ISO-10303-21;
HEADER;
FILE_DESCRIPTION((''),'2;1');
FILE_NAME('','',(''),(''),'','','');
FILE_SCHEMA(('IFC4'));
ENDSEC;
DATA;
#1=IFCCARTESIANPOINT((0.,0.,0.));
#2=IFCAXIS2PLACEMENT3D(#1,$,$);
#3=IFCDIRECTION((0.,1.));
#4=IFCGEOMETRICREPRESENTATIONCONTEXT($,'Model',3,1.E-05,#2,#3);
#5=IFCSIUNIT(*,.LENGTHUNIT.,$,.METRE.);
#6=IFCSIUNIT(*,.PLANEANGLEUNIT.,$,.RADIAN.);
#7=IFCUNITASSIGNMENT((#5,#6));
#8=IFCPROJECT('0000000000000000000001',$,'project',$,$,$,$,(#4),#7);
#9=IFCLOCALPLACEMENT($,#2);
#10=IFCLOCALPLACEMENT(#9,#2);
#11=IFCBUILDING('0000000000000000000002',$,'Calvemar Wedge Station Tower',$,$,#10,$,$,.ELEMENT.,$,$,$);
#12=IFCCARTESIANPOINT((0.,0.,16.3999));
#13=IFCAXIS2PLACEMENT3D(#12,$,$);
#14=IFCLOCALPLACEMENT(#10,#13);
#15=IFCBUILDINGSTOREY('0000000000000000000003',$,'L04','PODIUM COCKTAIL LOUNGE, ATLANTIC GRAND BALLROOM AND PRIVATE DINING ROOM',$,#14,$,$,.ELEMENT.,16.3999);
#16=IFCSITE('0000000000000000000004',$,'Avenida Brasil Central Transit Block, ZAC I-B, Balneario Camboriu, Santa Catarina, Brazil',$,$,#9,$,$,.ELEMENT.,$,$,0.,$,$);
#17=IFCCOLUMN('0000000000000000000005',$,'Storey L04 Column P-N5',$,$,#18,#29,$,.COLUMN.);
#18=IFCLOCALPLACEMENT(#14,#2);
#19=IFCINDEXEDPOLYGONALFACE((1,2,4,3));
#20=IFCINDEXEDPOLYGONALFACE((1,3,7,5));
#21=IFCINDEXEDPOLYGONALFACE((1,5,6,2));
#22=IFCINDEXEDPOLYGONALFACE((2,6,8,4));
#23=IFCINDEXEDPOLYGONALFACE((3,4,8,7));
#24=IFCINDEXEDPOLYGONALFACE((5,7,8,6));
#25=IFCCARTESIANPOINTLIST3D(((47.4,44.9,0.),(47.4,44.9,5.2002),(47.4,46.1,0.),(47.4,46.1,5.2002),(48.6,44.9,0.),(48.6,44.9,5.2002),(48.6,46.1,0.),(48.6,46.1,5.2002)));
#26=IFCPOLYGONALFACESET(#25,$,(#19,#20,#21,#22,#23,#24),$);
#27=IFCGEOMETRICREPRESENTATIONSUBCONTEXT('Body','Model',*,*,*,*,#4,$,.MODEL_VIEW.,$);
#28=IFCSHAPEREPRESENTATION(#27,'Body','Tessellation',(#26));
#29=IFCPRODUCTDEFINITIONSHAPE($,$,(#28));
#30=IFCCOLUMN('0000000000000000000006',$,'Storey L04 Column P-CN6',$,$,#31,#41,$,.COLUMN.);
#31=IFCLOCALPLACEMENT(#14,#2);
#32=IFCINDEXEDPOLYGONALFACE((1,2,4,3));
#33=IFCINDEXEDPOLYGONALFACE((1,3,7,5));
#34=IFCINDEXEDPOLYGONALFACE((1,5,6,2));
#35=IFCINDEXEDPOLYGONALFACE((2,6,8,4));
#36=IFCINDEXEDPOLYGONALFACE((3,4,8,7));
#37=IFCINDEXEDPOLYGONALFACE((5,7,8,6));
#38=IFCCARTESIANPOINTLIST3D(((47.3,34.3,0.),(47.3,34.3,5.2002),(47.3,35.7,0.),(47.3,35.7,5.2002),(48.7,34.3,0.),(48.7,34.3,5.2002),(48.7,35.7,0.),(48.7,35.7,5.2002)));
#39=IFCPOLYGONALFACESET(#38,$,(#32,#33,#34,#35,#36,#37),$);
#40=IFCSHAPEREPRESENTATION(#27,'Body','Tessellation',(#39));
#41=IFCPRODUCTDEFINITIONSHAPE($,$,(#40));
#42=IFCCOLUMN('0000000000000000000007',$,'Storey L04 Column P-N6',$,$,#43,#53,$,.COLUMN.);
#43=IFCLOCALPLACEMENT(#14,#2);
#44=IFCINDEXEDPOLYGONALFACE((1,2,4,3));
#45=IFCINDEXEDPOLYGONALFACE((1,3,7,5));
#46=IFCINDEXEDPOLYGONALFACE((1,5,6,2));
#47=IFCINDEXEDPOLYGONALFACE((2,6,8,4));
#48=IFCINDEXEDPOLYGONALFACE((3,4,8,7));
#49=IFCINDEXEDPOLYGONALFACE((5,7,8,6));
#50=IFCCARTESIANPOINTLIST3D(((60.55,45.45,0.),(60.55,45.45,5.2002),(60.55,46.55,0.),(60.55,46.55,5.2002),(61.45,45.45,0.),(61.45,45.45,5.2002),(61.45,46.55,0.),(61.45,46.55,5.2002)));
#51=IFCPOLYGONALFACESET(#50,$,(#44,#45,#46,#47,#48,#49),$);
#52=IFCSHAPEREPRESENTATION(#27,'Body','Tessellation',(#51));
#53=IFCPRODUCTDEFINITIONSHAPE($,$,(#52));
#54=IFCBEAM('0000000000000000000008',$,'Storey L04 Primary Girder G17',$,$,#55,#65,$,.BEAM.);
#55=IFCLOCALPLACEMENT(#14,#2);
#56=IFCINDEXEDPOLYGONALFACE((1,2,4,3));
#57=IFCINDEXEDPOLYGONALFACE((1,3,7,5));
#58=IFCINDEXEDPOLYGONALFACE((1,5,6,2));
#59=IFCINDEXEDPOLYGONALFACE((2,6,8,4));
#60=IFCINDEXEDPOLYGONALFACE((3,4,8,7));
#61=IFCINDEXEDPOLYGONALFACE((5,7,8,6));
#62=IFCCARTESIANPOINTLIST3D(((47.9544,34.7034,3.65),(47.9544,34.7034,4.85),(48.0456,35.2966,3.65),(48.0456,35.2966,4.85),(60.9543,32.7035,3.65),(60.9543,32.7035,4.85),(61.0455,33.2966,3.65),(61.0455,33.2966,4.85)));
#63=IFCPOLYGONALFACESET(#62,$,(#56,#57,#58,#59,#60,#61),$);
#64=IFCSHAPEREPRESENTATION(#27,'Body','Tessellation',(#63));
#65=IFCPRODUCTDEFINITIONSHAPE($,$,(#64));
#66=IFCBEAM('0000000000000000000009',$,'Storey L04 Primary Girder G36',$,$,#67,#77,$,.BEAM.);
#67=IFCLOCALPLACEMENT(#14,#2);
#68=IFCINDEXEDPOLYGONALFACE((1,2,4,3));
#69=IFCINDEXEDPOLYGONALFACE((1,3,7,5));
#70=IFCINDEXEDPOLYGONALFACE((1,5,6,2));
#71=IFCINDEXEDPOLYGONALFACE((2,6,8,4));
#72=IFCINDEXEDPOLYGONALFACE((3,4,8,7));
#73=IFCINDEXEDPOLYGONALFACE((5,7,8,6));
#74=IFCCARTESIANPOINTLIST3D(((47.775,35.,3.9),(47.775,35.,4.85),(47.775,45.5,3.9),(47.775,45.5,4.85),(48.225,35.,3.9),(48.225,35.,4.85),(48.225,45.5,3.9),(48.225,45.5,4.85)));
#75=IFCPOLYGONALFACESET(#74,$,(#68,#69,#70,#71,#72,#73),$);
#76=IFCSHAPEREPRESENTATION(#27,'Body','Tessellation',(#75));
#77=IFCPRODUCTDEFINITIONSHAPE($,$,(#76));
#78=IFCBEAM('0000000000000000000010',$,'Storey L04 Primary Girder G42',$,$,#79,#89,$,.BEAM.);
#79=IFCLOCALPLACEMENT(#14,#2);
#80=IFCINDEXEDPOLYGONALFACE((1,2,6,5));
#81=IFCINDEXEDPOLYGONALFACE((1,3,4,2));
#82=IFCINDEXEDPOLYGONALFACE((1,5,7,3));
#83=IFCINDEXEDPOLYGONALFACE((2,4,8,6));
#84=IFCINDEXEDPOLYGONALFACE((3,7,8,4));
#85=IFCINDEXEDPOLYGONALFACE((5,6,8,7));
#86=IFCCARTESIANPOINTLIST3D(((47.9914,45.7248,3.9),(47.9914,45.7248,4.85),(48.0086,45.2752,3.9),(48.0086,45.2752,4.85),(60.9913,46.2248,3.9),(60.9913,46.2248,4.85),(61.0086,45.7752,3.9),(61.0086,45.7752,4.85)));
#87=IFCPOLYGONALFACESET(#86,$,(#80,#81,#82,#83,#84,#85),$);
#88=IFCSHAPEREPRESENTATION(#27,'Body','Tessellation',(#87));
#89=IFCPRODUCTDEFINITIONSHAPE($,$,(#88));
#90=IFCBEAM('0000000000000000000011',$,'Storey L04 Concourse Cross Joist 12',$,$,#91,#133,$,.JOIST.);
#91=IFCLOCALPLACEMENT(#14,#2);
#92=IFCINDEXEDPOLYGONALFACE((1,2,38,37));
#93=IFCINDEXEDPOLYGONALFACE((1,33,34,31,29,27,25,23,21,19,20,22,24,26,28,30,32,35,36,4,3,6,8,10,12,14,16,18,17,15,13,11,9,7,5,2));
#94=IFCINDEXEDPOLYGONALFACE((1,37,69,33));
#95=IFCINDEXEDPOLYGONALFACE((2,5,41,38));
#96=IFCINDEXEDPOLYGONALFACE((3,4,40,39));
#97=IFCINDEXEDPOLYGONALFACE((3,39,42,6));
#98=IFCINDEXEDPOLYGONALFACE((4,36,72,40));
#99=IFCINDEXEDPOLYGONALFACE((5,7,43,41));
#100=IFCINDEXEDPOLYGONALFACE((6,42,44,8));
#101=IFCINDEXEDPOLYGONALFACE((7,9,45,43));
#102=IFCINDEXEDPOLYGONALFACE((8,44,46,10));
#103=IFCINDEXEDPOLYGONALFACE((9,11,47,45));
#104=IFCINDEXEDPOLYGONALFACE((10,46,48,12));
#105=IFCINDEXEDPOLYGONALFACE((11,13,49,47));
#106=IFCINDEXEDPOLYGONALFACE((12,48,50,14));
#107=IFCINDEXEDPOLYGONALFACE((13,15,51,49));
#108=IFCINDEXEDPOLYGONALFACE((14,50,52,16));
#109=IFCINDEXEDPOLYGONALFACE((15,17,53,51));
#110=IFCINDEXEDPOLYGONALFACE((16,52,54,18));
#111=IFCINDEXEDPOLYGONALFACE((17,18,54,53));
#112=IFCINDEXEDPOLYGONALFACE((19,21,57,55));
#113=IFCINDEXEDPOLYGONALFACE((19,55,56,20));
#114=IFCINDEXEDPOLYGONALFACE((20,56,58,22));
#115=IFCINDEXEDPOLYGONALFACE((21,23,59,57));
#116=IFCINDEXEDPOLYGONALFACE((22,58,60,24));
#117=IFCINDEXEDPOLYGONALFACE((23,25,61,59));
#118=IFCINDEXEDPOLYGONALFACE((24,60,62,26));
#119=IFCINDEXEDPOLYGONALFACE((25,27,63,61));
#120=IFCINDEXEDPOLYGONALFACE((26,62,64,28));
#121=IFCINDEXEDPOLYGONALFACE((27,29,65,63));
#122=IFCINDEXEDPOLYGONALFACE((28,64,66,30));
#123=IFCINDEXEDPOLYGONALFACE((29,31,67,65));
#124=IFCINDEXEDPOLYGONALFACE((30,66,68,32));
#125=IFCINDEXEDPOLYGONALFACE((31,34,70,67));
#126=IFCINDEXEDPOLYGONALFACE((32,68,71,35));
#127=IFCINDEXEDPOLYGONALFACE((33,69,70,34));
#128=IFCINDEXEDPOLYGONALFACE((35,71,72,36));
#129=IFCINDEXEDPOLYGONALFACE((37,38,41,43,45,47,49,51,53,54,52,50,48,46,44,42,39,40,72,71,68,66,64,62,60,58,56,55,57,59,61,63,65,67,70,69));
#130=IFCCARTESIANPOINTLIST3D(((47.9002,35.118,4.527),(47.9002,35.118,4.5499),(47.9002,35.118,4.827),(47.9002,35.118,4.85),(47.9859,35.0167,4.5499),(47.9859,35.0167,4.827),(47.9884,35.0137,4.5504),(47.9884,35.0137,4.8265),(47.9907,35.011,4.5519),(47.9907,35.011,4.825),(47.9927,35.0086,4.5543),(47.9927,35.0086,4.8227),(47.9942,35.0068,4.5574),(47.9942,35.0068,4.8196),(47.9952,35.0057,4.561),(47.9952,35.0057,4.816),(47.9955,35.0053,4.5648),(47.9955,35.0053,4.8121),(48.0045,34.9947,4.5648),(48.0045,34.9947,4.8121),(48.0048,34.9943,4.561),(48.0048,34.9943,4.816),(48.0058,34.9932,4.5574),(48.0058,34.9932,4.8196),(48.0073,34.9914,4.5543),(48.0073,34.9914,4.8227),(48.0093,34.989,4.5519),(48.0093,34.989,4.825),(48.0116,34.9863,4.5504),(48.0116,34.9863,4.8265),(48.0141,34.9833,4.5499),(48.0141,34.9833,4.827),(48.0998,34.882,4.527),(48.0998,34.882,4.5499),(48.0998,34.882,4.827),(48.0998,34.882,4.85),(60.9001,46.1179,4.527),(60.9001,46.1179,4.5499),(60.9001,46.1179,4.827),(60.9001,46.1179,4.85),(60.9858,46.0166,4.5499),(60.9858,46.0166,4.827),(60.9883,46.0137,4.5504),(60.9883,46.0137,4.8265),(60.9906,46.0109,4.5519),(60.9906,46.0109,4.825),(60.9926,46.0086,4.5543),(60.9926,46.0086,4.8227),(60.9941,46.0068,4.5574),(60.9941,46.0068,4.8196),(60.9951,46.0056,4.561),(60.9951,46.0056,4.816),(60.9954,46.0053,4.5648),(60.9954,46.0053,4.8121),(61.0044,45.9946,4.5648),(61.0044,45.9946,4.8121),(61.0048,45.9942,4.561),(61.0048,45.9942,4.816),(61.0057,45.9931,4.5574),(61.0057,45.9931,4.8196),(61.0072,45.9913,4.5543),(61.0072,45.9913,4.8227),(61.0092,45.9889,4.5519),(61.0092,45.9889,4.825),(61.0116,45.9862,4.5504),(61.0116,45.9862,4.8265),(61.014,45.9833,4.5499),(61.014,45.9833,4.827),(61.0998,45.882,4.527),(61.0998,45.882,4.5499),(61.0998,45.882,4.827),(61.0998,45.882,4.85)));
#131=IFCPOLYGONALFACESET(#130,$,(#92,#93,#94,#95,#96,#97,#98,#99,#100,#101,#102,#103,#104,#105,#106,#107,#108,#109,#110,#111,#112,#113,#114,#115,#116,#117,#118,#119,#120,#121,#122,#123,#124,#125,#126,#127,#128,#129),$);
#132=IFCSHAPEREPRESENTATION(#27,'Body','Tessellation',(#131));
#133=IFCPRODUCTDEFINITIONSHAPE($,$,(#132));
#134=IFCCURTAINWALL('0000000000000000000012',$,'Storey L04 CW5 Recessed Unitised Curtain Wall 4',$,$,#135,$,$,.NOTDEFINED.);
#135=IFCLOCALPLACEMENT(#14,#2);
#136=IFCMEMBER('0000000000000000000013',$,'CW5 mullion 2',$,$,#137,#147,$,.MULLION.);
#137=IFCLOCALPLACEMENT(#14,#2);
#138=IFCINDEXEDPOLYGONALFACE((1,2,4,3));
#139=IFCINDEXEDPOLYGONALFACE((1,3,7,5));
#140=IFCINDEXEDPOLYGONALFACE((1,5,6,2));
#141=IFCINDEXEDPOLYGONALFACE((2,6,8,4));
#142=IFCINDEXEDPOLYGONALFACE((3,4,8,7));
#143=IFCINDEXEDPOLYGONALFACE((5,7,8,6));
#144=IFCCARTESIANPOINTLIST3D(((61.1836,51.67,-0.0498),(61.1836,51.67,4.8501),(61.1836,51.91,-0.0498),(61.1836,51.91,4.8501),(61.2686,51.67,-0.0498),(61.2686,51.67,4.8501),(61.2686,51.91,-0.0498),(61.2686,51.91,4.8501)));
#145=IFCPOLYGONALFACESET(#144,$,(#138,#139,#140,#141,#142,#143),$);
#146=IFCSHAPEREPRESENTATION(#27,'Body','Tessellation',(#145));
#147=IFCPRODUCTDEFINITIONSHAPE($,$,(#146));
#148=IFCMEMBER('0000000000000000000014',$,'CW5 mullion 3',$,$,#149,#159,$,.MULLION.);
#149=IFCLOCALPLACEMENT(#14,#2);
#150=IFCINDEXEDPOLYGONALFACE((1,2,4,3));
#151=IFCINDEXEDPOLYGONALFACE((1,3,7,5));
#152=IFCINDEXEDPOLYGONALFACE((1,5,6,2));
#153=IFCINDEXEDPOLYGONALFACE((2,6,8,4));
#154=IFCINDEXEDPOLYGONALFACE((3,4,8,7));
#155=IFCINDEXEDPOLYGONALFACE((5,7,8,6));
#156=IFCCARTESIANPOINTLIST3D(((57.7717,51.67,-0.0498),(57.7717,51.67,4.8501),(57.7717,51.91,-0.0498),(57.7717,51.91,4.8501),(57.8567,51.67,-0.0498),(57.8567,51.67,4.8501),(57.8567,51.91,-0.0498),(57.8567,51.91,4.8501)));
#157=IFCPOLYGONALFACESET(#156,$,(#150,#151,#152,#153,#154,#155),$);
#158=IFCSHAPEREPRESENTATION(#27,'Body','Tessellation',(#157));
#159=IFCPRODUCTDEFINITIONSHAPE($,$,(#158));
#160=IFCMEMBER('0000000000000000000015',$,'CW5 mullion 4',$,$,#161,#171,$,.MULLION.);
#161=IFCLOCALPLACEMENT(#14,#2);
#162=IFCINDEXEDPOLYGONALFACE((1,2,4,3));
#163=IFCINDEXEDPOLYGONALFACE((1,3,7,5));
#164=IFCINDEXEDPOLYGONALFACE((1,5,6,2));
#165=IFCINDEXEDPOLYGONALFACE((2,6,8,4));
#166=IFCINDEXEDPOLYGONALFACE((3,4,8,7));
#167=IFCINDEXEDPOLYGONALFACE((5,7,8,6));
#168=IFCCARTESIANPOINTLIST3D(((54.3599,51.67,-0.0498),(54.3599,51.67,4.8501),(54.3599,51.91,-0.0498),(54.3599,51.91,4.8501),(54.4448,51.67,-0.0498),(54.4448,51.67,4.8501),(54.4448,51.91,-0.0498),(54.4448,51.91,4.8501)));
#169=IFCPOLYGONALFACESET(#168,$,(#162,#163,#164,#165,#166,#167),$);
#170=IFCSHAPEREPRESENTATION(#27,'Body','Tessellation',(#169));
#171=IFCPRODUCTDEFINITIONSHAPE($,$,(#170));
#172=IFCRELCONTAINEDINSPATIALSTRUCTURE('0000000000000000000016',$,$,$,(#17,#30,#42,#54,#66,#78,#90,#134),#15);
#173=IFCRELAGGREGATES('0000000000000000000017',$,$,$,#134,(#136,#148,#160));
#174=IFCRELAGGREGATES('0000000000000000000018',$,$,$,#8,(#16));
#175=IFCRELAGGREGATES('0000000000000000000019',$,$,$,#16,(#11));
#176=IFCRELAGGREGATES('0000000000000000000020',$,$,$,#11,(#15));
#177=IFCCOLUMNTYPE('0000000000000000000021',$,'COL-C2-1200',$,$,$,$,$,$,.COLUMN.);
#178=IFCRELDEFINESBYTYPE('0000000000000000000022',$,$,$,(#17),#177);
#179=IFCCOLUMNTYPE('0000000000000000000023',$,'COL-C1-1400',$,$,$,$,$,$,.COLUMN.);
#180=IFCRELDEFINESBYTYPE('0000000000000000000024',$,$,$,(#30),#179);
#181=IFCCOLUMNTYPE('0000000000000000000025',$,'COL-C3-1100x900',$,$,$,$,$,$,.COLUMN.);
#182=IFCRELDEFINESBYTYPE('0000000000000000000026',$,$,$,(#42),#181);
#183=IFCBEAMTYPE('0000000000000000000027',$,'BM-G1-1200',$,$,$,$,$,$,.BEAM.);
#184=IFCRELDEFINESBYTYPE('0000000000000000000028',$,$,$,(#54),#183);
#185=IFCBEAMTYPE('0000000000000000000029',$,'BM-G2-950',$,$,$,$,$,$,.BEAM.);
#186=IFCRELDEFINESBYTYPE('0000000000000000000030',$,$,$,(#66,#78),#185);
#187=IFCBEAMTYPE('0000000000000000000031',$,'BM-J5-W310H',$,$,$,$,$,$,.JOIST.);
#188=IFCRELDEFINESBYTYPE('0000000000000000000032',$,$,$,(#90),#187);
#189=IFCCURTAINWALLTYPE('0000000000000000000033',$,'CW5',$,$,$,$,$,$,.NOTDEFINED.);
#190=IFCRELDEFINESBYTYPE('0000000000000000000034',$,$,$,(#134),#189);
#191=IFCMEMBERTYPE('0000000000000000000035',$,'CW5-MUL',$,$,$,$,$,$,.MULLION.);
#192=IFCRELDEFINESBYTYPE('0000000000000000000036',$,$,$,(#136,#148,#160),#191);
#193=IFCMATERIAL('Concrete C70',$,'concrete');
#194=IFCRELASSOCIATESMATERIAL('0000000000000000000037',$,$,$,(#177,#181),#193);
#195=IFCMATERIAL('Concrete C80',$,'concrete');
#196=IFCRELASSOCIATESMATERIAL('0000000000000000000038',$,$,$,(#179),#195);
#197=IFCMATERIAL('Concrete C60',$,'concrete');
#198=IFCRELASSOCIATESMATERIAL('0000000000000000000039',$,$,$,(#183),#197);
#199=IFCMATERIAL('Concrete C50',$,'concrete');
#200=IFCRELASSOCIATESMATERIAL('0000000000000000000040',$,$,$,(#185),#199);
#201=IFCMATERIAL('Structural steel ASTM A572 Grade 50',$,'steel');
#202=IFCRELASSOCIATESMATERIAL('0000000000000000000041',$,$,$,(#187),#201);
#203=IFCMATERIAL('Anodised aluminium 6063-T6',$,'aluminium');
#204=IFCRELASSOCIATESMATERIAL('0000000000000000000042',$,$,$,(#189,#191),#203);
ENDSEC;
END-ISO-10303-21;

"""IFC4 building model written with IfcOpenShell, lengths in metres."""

from ifc_helpers import new_model, si_unit, direction, frame, origin, origin_2d, place, context, subcontext, project, spatial, rectangle, i_section, extrude, source, transform, mapped, material, material_profile, profile_set, type_object, element, aggregate, save


model = new_model("IFC4")

# Units and contexts
model_context = context("Model", 3, precision=1e-05, world=origin(), true_north=direction((0.0, 1.0)))
body_context = subcontext(model_context, "Body", "Model", "MODEL_VIEW")
ifc_project = project(units=[si_unit("LENGTHUNIT", "METRE"), si_unit("PLANEANGLEUNIT", "RADIAN")], contexts=[model_context])

# Site, building, storey
site_placement = place(None, origin())
site = spatial("IfcSite", under=ifc_project, at=site_placement, Name="Avenida Brasil Central Transit Block, ZAC I-B, Balneario Camboriu, Santa Catarina, Brazil", CompositionType="ELEMENT", RefElevation=0.0)
building_placement = place(site_placement, origin())
building = spatial("IfcBuilding", under=site, at=building_placement, Name="Calvemar Wedge Station Tower", CompositionType="ELEMENT")
storey_placement = place(building_placement, frame((0.0, 0.0, 16.3999)))
storey = spatial("IfcBuildingStorey", under=building, at=storey_placement, Name="L04", Description="PODIUM COCKTAIL LOUNGE, ATLANTIC GRAND BALLROOM AND PRIVATE DINING ROOM", CompositionType="ELEMENT", Elevation=16.3999)

# Columns
ifc_material_1 = material(Name="Concrete C70", Category="concrete")
ifc_material_profile_1 = material_profile(ifc_material_1, rectangle(XDim=1.2, YDim=1.2, at=origin_2d()), Name="RC1200x1200")
ifc_profile_set_1 = profile_set([ifc_material_profile_1], Name="Concrete C70")
column_type_1 = type_object("IfcColumnType", Name="COL-C2-1200", PredefinedType="COLUMN", material=ifc_profile_set_1)
shared_shape_1 = source(origin(), body_context, "Body", "SweptSolid", [
    extrude(rectangle(XDim=1.2, YDim=1.2, at=origin_2d()), origin(), (0.0, 0.0, 1.0), 5.2002),
])
column_1_placement = place(storey_placement, frame((48.0, 45.5, 0.0), z_axis=(0.0, 0.0, 1.0), x_axis=(1.0, 0.0, 0.0)))
element("IfcColumn", 1, at=column_1_placement, inside=storey, type_object=column_type_1, Name="Storey L04 Column P-N5", PredefinedType="COLUMN", context=body_context, shape_type="MappedRepresentation", body=[
    mapped(shared_shape_1, transform((0.0, 0.0, 0.0), scale=1.0)),
])
ifc_material_2 = material(Name="Concrete C80", Category="concrete")
ifc_material_profile_2 = material_profile(ifc_material_2, rectangle(XDim=1.3999, YDim=1.3999, at=origin_2d()), Name="RC1400x1400")
ifc_profile_set_2 = profile_set([ifc_material_profile_2], Name="Concrete C80")
column_type_2 = type_object("IfcColumnType", Name="COL-C1-1400", PredefinedType="COLUMN", material=ifc_profile_set_2)
shared_shape_2 = source(origin(), body_context, "Body", "SweptSolid", [
    extrude(rectangle(XDim=1.3999, YDim=1.3999, at=origin_2d()), origin(), (0.0, 0.0, 1.0), 5.2002),
])
column_2_placement = place(storey_placement, frame((48.0, 35.0, 0.0), z_axis=(0.0, 0.0, 1.0), x_axis=(1.0, 0.0, 0.0)))
element("IfcColumn", 2, at=column_2_placement, inside=storey, type_object=column_type_2, Name="Storey L04 Column P-CN6", PredefinedType="COLUMN", context=body_context, shape_type="MappedRepresentation", body=[
    mapped(shared_shape_2, transform((0.0, 0.0, 0.0), scale=1.0)),
])
ifc_material_profile_3 = material_profile(ifc_material_1, rectangle(XDim=0.8999, YDim=1.1001, at=origin_2d()), Name="RC1100x900")
ifc_profile_set_3 = profile_set([ifc_material_profile_3], Name="Concrete C70")
column_type_3 = type_object("IfcColumnType", Name="COL-C3-1100x900", PredefinedType="COLUMN", material=ifc_profile_set_3)
shared_shape_3 = source(origin(), body_context, "Body", "SweptSolid", [
    extrude(rectangle(XDim=0.8999, YDim=1.1001, at=origin_2d()), origin(), (0.0, 0.0, 1.0), 5.2002),
])
column_3_placement = place(storey_placement, frame((61.0, 46.0, 0.0), z_axis=(0.0, 0.0, 1.0), x_axis=(1.0, 0.0, 0.0)))
element("IfcColumn", 3, at=column_3_placement, inside=storey, type_object=column_type_3, Name="Storey L04 Column P-N6", PredefinedType="COLUMN", context=body_context, shape_type="MappedRepresentation", body=[
    mapped(shared_shape_3, transform((0.0, 0.0, 0.0), scale=1.0)),
])

# Beams
ifc_material_3 = material(Name="Concrete C60", Category="concrete")
ifc_material_profile_4 = material_profile(ifc_material_3, rectangle(XDim=0.6001, YDim=1.2, at=origin_2d()), Name="RC600x1200")
ifc_profile_set_4 = profile_set([ifc_material_profile_4], Name="Concrete C60")
beam_type_1 = type_object("IfcBeamType", Name="BM-G1-1200", PredefinedType="BEAM", material=ifc_profile_set_4)
shared_shape_4 = source(origin(), body_context, "Body", "SweptSolid", [
    extrude(rectangle(XDim=0.6001, YDim=1.2, at=origin_2d()), origin(), (0.0, 0.0, 1.0), 13.1528),
])
beam_1_placement = place(storey_placement, frame((48.0, 35.0, 4.25), z_axis=(0.988372, -0.152057, 0.0), x_axis=(0.152057, 0.988372, 0.0)))
element("IfcBeam", 4, at=beam_1_placement, inside=storey, type_object=beam_type_1, Name="Storey L04 Primary Girder G17", PredefinedType="BEAM", context=body_context, shape_type="MappedRepresentation", body=[
    mapped(shared_shape_4, transform((0.0, 0.0, 0.0), scale=1.0)),
])
ifc_material_4 = material(Name="Concrete C50", Category="concrete")
ifc_material_profile_5 = material_profile(ifc_material_4, rectangle(XDim=0.45, YDim=0.95, at=origin_2d()), Name="RC450x950")
ifc_profile_set_5 = profile_set([ifc_material_profile_5], Name="Concrete C50")
beam_type_2 = type_object("IfcBeamType", Name="BM-G2-950", PredefinedType="BEAM", material=ifc_profile_set_5)
shared_shape_5 = source(origin(), body_context, "Body", "SweptSolid", [
    extrude(rectangle(XDim=0.45, YDim=0.95, at=origin_2d()), origin(), (0.0, 0.0, 1.0), 10.5),
])
beam_2_placement = place(storey_placement, frame((48.0, 35.0, 4.375), z_axis=(0.0, 1.0, 0.0), x_axis=(-1.0, 0.0, 0.0)))
element("IfcBeam", 5, at=beam_2_placement, inside=storey, type_object=beam_type_2, Name="Storey L04 Primary Girder G36", PredefinedType="BEAM", context=body_context, shape_type="MappedRepresentation", body=[
    mapped(shared_shape_5, transform((0.0, 0.0, 0.0), scale=1.0)),
])
shared_shape_6 = source(origin(), body_context, "Body", "SweptSolid", [
    extrude(rectangle(XDim=0.45, YDim=0.95, at=origin_2d()), origin(), (0.0, 0.0, 1.0), 13.0095),
])
beam_3_placement = place(storey_placement, frame((48.0, 45.5, 4.375), z_axis=(0.999261, 0.038433, 0.0), x_axis=(-0.038433, 0.999261, 0.0)))
element("IfcBeam", 6, at=beam_3_placement, inside=storey, type_object=beam_type_2, Name="Storey L04 Primary Girder G42", PredefinedType="BEAM", context=body_context, shape_type="MappedRepresentation", body=[
    mapped(shared_shape_6, transform((0.0, 0.0, 0.0), scale=1.0)),
])
ifc_material_5 = material(Name="Structural steel ASTM A572 Grade 50", Category="steel")
ifc_material_profile_6 = material_profile(ifc_material_5, i_section(OverallWidth=0.3091, OverallDepth=0.323, WebThickness=0.0139, FlangeThickness=0.0229, FilletRadius=0.0149, at=origin_2d()), Name="W310x143")
ifc_profile_set_6 = profile_set([ifc_material_profile_6], Name="Structural steel ASTM A572 Grade 50")
beam_type_3 = type_object("IfcBeamType", Name="BM-J5-W310H", PredefinedType="JOIST", material=ifc_profile_set_6)
shared_shape_7 = source(origin(), body_context, "Body", "SweptSolid", [
    extrude(i_section(OverallWidth=0.3091, OverallDepth=0.323, WebThickness=0.0139, FlangeThickness=0.0229, FilletRadius=0.0149, at=origin_2d()), origin(), (0.0, 0.0, 1.0), 17.0293),
])
beam_4_placement = place(storey_placement, frame((48.0, 35.0, 4.6885), z_axis=(0.763386, 0.645942, 0.0), x_axis=(-0.645942, 0.763386, 0.0)))
element("IfcBeam", 7, at=beam_4_placement, inside=storey, type_object=beam_type_3, Name="Storey L04 Concourse Cross Joist 12", PredefinedType="JOIST", context=body_context, shape_type="MappedRepresentation", body=[
    mapped(shared_shape_7, transform((0.0, 0.0, 0.0), scale=1.0)),
])

# Curtain wall, members
ifc_material_6 = material(Name="Anodised aluminium 6063-T6", Category="aluminium")
curtain_wall_type = type_object("IfcCurtainWallType", Name="CW5", PredefinedType="NOTDEFINED", material=ifc_material_6)
curtain_wall_placement = place(storey_placement, origin())
curtain_wall = element("IfcCurtainWall", 8, at=curtain_wall_placement, inside=storey, type_object=curtain_wall_type, Name="Storey L04 CW5 Recessed Unitised Curtain Wall 4", PredefinedType="NOTDEFINED")
ifc_material_profile_7 = material_profile(ifc_material_6, rectangle(XDim=0.085, YDim=0.24, at=origin_2d()), Name="AL-MUL-85x240")
ifc_profile_set_7 = profile_set([ifc_material_profile_7], Name="Anodised aluminium 6063-T6")
member_type = type_object("IfcMemberType", Name="CW5-MUL", PredefinedType="MULLION", material=ifc_profile_set_7)
shared_shape_8 = source(origin(), body_context, "Body", "SweptSolid", [
    extrude(rectangle(XDim=0.085, YDim=0.24, at=origin_2d()), origin(), (0.0, 0.0, 1.0), 4.8999),
])
member_1_placement = place(storey_placement, frame((61.2261, 51.79, -0.0498), z_axis=(0.0, 0.0, 1.0), x_axis=(1.0, 0.0, 0.0)))
member_1 = element("IfcMember", 9, at=member_1_placement, type_object=member_type, Name="CW5 mullion 2", PredefinedType="MULLION", context=body_context, shape_type="MappedRepresentation", body=[
    mapped(shared_shape_8, transform((0.0, 0.0, 0.0), scale=1.0)),
])
member_2_placement = place(storey_placement, frame((57.8142, 51.79, -0.0498), z_axis=(0.0, 0.0, 1.0), x_axis=(1.0, 0.0, 0.0)))
member_2 = element("IfcMember", 10, at=member_2_placement, type_object=member_type, Name="CW5 mullion 3", PredefinedType="MULLION", context=body_context, shape_type="MappedRepresentation", body=[
    mapped(shared_shape_8, transform((0.0, 0.0, 0.0), scale=1.0)),
])
member_3_placement = place(storey_placement, frame((54.4023, 51.79, -0.0498), z_axis=(0.0, 0.0, 1.0), x_axis=(1.0, 0.0, 0.0)))
member_3 = element("IfcMember", 11, at=member_3_placement, type_object=member_type, Name="CW5 mullion 4", PredefinedType="MULLION", context=body_context, shape_type="MappedRepresentation", body=[
    mapped(shared_shape_8, transform((0.0, 0.0, 0.0), scale=1.0)),
])
aggregate(curtain_wall, [member_1, member_2, member_3])

save(model, "model.ifc")
